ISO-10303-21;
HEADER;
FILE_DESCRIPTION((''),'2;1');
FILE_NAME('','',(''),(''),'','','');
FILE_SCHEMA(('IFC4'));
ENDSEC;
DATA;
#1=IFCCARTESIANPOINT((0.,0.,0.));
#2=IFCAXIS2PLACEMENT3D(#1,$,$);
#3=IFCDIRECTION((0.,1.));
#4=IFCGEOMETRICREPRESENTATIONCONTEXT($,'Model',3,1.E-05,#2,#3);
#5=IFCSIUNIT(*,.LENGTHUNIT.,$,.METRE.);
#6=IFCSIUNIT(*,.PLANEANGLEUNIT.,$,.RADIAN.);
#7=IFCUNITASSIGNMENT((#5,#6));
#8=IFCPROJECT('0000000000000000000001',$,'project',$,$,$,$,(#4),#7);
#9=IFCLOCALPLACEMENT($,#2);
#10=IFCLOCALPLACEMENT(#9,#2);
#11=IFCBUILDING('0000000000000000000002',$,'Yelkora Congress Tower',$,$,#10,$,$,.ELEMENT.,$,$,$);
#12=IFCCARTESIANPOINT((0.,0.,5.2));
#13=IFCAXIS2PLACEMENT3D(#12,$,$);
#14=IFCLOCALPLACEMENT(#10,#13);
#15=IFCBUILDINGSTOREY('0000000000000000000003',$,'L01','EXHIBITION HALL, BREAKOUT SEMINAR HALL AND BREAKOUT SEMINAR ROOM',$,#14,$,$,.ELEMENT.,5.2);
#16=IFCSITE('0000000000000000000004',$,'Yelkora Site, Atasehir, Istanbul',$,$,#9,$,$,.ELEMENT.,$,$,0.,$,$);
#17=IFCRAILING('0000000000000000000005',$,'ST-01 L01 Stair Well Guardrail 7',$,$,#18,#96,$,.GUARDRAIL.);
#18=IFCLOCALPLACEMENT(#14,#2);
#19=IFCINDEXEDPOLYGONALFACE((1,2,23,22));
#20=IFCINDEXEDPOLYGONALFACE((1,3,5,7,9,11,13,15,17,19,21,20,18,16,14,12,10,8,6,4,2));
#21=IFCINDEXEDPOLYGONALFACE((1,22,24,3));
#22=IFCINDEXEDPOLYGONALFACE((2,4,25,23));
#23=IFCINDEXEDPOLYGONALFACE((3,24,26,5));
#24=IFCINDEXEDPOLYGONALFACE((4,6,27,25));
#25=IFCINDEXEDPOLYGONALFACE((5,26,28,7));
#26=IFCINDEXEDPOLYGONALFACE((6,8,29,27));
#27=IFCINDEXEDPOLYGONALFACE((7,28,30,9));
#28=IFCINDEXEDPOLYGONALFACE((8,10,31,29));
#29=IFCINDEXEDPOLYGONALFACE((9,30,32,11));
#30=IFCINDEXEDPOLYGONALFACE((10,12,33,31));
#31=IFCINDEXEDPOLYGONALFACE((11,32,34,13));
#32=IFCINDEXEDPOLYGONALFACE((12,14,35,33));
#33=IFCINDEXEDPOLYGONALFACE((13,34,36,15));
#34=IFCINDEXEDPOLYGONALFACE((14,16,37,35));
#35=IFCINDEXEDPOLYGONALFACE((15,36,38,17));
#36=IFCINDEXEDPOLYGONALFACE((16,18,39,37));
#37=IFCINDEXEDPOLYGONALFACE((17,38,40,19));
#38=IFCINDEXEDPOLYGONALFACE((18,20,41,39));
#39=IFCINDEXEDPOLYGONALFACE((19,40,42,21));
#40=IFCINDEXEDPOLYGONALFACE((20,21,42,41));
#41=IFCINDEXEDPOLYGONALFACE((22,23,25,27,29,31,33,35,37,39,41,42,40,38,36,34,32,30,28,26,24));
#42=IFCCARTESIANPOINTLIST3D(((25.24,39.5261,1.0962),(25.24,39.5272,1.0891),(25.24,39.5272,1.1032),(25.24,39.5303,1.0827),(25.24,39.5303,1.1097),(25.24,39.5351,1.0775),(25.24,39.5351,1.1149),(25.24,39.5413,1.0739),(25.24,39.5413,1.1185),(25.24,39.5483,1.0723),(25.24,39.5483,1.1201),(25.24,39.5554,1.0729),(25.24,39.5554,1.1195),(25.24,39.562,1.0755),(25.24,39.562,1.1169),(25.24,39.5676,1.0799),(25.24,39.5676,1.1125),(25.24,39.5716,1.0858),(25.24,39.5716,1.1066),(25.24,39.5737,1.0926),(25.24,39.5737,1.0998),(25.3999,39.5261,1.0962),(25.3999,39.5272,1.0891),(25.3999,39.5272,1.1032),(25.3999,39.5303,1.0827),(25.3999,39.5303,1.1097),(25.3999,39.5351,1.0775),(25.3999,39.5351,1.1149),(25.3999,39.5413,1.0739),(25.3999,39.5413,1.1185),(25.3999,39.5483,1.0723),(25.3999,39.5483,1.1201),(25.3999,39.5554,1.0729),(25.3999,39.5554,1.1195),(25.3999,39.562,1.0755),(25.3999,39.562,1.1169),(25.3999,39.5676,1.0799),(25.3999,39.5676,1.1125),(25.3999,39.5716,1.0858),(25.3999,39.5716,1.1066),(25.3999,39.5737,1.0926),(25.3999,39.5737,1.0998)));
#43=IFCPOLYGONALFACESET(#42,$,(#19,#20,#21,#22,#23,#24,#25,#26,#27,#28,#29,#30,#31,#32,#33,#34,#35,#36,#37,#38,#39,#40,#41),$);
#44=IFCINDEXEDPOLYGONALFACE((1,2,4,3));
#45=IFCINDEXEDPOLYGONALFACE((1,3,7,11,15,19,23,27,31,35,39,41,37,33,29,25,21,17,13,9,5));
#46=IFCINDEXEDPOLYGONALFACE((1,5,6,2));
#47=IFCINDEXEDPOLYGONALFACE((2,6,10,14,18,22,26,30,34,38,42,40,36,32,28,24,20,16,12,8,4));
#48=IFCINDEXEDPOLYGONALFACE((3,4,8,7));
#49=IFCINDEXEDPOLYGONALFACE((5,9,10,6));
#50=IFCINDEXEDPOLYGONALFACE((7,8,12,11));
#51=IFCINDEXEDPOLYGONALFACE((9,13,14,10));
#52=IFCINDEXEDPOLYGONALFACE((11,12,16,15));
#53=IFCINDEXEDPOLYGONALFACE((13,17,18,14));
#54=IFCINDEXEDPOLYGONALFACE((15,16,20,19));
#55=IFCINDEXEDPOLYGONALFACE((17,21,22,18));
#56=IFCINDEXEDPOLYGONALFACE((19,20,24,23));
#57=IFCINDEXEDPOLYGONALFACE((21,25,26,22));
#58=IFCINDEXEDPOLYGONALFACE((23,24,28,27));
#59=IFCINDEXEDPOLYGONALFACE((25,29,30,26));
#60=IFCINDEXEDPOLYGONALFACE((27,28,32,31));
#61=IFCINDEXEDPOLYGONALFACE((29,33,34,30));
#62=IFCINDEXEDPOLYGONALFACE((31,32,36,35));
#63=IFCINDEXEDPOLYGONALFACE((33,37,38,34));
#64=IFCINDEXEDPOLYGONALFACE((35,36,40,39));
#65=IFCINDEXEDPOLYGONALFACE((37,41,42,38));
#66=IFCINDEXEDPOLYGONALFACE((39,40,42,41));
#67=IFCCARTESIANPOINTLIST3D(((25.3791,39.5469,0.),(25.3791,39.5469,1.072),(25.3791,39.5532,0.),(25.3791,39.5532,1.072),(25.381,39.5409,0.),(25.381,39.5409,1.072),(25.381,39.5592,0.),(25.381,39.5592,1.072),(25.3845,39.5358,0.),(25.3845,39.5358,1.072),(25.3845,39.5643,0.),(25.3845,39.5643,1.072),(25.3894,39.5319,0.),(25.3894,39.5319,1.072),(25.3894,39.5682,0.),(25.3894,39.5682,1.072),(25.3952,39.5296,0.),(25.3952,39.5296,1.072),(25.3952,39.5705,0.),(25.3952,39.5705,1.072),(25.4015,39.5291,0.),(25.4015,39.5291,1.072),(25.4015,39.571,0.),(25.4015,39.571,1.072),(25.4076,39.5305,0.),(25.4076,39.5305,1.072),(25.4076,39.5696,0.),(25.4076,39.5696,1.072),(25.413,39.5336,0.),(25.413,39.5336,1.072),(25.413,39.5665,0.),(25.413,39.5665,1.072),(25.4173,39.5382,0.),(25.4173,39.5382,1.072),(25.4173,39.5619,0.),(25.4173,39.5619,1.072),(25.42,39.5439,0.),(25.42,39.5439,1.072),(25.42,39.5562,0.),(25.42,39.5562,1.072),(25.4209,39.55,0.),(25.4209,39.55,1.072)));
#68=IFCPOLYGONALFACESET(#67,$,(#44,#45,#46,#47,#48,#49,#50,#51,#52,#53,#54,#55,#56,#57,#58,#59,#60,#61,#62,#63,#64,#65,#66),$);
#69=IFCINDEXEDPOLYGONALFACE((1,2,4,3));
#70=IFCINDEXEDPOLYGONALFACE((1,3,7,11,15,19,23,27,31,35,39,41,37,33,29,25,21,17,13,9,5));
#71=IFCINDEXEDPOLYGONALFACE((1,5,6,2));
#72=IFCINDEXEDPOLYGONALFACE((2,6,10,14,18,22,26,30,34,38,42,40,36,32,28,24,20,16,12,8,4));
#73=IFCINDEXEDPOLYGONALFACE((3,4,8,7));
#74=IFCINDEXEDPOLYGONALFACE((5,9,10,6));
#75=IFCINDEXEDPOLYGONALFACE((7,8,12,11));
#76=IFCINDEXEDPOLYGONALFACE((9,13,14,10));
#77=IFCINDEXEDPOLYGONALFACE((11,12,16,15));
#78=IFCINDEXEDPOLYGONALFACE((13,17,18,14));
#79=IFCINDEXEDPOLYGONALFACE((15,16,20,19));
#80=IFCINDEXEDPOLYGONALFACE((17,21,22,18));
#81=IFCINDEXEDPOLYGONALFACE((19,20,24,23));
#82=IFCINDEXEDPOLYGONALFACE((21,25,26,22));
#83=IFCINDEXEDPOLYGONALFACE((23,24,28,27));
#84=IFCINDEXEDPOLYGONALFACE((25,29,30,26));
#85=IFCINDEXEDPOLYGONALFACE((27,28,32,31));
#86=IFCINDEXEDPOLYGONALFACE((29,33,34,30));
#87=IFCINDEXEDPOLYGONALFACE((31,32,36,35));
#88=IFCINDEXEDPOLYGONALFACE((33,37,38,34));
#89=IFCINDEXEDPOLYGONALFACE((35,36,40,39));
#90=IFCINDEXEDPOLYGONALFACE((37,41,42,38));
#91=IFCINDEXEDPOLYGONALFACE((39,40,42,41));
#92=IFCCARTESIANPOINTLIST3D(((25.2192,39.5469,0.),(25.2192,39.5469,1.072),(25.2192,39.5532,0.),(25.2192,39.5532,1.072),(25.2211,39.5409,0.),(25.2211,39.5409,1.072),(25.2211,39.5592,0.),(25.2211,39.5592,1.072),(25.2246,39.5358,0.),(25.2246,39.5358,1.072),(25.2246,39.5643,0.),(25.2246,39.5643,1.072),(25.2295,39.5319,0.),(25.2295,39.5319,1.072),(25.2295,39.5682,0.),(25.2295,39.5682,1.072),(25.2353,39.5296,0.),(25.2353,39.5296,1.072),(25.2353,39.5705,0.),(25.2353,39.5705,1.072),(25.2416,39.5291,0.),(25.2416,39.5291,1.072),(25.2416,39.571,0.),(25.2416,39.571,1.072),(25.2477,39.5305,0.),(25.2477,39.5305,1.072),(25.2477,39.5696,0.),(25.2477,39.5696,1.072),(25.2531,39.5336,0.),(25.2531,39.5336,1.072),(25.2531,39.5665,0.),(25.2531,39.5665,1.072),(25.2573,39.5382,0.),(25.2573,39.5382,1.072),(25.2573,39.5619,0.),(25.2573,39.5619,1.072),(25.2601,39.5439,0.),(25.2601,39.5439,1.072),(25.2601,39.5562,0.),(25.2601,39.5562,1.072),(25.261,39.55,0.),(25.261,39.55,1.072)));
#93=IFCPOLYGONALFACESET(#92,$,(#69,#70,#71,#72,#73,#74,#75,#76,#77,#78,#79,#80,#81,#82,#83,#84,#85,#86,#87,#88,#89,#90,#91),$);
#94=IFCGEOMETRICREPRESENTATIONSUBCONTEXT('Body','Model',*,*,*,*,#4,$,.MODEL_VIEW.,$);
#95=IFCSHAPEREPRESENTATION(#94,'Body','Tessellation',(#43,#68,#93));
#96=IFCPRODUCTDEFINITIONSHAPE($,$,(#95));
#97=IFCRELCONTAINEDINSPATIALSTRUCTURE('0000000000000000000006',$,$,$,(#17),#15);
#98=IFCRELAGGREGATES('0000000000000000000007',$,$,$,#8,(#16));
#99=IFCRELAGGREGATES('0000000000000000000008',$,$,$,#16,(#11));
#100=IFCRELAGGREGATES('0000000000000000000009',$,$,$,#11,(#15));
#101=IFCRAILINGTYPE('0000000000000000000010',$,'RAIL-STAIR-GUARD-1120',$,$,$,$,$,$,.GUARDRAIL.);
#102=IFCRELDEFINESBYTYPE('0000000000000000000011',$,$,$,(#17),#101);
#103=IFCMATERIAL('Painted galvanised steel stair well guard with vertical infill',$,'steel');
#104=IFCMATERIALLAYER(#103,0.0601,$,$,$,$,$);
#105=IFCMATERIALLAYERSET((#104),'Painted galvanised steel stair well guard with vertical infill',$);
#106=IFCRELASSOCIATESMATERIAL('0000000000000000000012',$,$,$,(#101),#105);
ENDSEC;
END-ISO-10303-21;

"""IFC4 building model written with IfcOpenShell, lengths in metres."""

from ifc_helpers import new_model, si_unit, direction, frame, origin, origin_2d, place, context, subcontext, project, spatial, circle, extrude, material, layer, layer_set, type_object, element, save


model = new_model("IFC4")

# Units and contexts
model_context = context("Model", 3, precision=1e-05, world=origin(), true_north=direction((0.0, 1.0)))
body_context = subcontext(model_context, "Body", "Model", "MODEL_VIEW")
ifc_project = project(units=[si_unit("LENGTHUNIT", "METRE"), si_unit("PLANEANGLEUNIT", "RADIAN")], contexts=[model_context])

# Site, building, storey
site_placement = place(None, origin())
site = spatial("IfcSite", under=ifc_project, at=site_placement, Name="Yelkora Site, Atasehir, Istanbul", CompositionType="ELEMENT", RefElevation=0.0)
building_placement = place(site_placement, origin())
building = spatial("IfcBuilding", under=site, at=building_placement, Name="Yelkora Congress Tower", CompositionType="ELEMENT")
storey_placement = place(building_placement, frame((0.0, 0.0, 5.2)))
storey = spatial("IfcBuildingStorey", under=building, at=storey_placement, Name="L01", Description="EXHIBITION HALL, BREAKOUT SEMINAR HALL AND BREAKOUT SEMINAR ROOM", CompositionType="ELEMENT", Elevation=5.2)

# Railing
ifc_material_1 = material(Name="Painted galvanised steel stair well guard with vertical infill", Category="steel")
ifc_layer_1 = layer(ifc_material_1, 0.0601)
ifc_layer_set_1 = layer_set([ifc_layer_1], Name="Painted galvanised steel stair well guard with vertical infill")
railing_type_1 = type_object("IfcRailingType", Name="RAIL-STAIR-GUARD-1120", PredefinedType="GUARDRAIL", material=ifc_layer_set_1)
railing_1_placement = place(storey_placement, frame((25.3999, 39.55, 0.0)))
element("IfcRailing", 1, at=railing_1_placement, inside=storey, type_object=railing_type_1, Name="ST-01 L01 Stair Well Guardrail 7", PredefinedType="GUARDRAIL", context=body_context, shape_type="SweptSolid", body=[
    extrude(circle(Radius=0.0239, at=origin_2d()), frame((0.0, 0.0, 1.0962), z_axis=(-1.0, 0.0, 0.0), x_axis=(0.0, -1.0, 0.0)), (0.0, 0.0, 1.0), 0.1599),
    extrude(circle(Radius=0.021, at=origin_2d()), origin(), (0.0, 0.0, 1.0), 1.072),
    extrude(circle(Radius=0.021, at=origin_2d()), frame((-0.1599, 0.0, 0.0)), (0.0, 0.0, 1.0), 1.072),
])

save(model, "model.ifc")
